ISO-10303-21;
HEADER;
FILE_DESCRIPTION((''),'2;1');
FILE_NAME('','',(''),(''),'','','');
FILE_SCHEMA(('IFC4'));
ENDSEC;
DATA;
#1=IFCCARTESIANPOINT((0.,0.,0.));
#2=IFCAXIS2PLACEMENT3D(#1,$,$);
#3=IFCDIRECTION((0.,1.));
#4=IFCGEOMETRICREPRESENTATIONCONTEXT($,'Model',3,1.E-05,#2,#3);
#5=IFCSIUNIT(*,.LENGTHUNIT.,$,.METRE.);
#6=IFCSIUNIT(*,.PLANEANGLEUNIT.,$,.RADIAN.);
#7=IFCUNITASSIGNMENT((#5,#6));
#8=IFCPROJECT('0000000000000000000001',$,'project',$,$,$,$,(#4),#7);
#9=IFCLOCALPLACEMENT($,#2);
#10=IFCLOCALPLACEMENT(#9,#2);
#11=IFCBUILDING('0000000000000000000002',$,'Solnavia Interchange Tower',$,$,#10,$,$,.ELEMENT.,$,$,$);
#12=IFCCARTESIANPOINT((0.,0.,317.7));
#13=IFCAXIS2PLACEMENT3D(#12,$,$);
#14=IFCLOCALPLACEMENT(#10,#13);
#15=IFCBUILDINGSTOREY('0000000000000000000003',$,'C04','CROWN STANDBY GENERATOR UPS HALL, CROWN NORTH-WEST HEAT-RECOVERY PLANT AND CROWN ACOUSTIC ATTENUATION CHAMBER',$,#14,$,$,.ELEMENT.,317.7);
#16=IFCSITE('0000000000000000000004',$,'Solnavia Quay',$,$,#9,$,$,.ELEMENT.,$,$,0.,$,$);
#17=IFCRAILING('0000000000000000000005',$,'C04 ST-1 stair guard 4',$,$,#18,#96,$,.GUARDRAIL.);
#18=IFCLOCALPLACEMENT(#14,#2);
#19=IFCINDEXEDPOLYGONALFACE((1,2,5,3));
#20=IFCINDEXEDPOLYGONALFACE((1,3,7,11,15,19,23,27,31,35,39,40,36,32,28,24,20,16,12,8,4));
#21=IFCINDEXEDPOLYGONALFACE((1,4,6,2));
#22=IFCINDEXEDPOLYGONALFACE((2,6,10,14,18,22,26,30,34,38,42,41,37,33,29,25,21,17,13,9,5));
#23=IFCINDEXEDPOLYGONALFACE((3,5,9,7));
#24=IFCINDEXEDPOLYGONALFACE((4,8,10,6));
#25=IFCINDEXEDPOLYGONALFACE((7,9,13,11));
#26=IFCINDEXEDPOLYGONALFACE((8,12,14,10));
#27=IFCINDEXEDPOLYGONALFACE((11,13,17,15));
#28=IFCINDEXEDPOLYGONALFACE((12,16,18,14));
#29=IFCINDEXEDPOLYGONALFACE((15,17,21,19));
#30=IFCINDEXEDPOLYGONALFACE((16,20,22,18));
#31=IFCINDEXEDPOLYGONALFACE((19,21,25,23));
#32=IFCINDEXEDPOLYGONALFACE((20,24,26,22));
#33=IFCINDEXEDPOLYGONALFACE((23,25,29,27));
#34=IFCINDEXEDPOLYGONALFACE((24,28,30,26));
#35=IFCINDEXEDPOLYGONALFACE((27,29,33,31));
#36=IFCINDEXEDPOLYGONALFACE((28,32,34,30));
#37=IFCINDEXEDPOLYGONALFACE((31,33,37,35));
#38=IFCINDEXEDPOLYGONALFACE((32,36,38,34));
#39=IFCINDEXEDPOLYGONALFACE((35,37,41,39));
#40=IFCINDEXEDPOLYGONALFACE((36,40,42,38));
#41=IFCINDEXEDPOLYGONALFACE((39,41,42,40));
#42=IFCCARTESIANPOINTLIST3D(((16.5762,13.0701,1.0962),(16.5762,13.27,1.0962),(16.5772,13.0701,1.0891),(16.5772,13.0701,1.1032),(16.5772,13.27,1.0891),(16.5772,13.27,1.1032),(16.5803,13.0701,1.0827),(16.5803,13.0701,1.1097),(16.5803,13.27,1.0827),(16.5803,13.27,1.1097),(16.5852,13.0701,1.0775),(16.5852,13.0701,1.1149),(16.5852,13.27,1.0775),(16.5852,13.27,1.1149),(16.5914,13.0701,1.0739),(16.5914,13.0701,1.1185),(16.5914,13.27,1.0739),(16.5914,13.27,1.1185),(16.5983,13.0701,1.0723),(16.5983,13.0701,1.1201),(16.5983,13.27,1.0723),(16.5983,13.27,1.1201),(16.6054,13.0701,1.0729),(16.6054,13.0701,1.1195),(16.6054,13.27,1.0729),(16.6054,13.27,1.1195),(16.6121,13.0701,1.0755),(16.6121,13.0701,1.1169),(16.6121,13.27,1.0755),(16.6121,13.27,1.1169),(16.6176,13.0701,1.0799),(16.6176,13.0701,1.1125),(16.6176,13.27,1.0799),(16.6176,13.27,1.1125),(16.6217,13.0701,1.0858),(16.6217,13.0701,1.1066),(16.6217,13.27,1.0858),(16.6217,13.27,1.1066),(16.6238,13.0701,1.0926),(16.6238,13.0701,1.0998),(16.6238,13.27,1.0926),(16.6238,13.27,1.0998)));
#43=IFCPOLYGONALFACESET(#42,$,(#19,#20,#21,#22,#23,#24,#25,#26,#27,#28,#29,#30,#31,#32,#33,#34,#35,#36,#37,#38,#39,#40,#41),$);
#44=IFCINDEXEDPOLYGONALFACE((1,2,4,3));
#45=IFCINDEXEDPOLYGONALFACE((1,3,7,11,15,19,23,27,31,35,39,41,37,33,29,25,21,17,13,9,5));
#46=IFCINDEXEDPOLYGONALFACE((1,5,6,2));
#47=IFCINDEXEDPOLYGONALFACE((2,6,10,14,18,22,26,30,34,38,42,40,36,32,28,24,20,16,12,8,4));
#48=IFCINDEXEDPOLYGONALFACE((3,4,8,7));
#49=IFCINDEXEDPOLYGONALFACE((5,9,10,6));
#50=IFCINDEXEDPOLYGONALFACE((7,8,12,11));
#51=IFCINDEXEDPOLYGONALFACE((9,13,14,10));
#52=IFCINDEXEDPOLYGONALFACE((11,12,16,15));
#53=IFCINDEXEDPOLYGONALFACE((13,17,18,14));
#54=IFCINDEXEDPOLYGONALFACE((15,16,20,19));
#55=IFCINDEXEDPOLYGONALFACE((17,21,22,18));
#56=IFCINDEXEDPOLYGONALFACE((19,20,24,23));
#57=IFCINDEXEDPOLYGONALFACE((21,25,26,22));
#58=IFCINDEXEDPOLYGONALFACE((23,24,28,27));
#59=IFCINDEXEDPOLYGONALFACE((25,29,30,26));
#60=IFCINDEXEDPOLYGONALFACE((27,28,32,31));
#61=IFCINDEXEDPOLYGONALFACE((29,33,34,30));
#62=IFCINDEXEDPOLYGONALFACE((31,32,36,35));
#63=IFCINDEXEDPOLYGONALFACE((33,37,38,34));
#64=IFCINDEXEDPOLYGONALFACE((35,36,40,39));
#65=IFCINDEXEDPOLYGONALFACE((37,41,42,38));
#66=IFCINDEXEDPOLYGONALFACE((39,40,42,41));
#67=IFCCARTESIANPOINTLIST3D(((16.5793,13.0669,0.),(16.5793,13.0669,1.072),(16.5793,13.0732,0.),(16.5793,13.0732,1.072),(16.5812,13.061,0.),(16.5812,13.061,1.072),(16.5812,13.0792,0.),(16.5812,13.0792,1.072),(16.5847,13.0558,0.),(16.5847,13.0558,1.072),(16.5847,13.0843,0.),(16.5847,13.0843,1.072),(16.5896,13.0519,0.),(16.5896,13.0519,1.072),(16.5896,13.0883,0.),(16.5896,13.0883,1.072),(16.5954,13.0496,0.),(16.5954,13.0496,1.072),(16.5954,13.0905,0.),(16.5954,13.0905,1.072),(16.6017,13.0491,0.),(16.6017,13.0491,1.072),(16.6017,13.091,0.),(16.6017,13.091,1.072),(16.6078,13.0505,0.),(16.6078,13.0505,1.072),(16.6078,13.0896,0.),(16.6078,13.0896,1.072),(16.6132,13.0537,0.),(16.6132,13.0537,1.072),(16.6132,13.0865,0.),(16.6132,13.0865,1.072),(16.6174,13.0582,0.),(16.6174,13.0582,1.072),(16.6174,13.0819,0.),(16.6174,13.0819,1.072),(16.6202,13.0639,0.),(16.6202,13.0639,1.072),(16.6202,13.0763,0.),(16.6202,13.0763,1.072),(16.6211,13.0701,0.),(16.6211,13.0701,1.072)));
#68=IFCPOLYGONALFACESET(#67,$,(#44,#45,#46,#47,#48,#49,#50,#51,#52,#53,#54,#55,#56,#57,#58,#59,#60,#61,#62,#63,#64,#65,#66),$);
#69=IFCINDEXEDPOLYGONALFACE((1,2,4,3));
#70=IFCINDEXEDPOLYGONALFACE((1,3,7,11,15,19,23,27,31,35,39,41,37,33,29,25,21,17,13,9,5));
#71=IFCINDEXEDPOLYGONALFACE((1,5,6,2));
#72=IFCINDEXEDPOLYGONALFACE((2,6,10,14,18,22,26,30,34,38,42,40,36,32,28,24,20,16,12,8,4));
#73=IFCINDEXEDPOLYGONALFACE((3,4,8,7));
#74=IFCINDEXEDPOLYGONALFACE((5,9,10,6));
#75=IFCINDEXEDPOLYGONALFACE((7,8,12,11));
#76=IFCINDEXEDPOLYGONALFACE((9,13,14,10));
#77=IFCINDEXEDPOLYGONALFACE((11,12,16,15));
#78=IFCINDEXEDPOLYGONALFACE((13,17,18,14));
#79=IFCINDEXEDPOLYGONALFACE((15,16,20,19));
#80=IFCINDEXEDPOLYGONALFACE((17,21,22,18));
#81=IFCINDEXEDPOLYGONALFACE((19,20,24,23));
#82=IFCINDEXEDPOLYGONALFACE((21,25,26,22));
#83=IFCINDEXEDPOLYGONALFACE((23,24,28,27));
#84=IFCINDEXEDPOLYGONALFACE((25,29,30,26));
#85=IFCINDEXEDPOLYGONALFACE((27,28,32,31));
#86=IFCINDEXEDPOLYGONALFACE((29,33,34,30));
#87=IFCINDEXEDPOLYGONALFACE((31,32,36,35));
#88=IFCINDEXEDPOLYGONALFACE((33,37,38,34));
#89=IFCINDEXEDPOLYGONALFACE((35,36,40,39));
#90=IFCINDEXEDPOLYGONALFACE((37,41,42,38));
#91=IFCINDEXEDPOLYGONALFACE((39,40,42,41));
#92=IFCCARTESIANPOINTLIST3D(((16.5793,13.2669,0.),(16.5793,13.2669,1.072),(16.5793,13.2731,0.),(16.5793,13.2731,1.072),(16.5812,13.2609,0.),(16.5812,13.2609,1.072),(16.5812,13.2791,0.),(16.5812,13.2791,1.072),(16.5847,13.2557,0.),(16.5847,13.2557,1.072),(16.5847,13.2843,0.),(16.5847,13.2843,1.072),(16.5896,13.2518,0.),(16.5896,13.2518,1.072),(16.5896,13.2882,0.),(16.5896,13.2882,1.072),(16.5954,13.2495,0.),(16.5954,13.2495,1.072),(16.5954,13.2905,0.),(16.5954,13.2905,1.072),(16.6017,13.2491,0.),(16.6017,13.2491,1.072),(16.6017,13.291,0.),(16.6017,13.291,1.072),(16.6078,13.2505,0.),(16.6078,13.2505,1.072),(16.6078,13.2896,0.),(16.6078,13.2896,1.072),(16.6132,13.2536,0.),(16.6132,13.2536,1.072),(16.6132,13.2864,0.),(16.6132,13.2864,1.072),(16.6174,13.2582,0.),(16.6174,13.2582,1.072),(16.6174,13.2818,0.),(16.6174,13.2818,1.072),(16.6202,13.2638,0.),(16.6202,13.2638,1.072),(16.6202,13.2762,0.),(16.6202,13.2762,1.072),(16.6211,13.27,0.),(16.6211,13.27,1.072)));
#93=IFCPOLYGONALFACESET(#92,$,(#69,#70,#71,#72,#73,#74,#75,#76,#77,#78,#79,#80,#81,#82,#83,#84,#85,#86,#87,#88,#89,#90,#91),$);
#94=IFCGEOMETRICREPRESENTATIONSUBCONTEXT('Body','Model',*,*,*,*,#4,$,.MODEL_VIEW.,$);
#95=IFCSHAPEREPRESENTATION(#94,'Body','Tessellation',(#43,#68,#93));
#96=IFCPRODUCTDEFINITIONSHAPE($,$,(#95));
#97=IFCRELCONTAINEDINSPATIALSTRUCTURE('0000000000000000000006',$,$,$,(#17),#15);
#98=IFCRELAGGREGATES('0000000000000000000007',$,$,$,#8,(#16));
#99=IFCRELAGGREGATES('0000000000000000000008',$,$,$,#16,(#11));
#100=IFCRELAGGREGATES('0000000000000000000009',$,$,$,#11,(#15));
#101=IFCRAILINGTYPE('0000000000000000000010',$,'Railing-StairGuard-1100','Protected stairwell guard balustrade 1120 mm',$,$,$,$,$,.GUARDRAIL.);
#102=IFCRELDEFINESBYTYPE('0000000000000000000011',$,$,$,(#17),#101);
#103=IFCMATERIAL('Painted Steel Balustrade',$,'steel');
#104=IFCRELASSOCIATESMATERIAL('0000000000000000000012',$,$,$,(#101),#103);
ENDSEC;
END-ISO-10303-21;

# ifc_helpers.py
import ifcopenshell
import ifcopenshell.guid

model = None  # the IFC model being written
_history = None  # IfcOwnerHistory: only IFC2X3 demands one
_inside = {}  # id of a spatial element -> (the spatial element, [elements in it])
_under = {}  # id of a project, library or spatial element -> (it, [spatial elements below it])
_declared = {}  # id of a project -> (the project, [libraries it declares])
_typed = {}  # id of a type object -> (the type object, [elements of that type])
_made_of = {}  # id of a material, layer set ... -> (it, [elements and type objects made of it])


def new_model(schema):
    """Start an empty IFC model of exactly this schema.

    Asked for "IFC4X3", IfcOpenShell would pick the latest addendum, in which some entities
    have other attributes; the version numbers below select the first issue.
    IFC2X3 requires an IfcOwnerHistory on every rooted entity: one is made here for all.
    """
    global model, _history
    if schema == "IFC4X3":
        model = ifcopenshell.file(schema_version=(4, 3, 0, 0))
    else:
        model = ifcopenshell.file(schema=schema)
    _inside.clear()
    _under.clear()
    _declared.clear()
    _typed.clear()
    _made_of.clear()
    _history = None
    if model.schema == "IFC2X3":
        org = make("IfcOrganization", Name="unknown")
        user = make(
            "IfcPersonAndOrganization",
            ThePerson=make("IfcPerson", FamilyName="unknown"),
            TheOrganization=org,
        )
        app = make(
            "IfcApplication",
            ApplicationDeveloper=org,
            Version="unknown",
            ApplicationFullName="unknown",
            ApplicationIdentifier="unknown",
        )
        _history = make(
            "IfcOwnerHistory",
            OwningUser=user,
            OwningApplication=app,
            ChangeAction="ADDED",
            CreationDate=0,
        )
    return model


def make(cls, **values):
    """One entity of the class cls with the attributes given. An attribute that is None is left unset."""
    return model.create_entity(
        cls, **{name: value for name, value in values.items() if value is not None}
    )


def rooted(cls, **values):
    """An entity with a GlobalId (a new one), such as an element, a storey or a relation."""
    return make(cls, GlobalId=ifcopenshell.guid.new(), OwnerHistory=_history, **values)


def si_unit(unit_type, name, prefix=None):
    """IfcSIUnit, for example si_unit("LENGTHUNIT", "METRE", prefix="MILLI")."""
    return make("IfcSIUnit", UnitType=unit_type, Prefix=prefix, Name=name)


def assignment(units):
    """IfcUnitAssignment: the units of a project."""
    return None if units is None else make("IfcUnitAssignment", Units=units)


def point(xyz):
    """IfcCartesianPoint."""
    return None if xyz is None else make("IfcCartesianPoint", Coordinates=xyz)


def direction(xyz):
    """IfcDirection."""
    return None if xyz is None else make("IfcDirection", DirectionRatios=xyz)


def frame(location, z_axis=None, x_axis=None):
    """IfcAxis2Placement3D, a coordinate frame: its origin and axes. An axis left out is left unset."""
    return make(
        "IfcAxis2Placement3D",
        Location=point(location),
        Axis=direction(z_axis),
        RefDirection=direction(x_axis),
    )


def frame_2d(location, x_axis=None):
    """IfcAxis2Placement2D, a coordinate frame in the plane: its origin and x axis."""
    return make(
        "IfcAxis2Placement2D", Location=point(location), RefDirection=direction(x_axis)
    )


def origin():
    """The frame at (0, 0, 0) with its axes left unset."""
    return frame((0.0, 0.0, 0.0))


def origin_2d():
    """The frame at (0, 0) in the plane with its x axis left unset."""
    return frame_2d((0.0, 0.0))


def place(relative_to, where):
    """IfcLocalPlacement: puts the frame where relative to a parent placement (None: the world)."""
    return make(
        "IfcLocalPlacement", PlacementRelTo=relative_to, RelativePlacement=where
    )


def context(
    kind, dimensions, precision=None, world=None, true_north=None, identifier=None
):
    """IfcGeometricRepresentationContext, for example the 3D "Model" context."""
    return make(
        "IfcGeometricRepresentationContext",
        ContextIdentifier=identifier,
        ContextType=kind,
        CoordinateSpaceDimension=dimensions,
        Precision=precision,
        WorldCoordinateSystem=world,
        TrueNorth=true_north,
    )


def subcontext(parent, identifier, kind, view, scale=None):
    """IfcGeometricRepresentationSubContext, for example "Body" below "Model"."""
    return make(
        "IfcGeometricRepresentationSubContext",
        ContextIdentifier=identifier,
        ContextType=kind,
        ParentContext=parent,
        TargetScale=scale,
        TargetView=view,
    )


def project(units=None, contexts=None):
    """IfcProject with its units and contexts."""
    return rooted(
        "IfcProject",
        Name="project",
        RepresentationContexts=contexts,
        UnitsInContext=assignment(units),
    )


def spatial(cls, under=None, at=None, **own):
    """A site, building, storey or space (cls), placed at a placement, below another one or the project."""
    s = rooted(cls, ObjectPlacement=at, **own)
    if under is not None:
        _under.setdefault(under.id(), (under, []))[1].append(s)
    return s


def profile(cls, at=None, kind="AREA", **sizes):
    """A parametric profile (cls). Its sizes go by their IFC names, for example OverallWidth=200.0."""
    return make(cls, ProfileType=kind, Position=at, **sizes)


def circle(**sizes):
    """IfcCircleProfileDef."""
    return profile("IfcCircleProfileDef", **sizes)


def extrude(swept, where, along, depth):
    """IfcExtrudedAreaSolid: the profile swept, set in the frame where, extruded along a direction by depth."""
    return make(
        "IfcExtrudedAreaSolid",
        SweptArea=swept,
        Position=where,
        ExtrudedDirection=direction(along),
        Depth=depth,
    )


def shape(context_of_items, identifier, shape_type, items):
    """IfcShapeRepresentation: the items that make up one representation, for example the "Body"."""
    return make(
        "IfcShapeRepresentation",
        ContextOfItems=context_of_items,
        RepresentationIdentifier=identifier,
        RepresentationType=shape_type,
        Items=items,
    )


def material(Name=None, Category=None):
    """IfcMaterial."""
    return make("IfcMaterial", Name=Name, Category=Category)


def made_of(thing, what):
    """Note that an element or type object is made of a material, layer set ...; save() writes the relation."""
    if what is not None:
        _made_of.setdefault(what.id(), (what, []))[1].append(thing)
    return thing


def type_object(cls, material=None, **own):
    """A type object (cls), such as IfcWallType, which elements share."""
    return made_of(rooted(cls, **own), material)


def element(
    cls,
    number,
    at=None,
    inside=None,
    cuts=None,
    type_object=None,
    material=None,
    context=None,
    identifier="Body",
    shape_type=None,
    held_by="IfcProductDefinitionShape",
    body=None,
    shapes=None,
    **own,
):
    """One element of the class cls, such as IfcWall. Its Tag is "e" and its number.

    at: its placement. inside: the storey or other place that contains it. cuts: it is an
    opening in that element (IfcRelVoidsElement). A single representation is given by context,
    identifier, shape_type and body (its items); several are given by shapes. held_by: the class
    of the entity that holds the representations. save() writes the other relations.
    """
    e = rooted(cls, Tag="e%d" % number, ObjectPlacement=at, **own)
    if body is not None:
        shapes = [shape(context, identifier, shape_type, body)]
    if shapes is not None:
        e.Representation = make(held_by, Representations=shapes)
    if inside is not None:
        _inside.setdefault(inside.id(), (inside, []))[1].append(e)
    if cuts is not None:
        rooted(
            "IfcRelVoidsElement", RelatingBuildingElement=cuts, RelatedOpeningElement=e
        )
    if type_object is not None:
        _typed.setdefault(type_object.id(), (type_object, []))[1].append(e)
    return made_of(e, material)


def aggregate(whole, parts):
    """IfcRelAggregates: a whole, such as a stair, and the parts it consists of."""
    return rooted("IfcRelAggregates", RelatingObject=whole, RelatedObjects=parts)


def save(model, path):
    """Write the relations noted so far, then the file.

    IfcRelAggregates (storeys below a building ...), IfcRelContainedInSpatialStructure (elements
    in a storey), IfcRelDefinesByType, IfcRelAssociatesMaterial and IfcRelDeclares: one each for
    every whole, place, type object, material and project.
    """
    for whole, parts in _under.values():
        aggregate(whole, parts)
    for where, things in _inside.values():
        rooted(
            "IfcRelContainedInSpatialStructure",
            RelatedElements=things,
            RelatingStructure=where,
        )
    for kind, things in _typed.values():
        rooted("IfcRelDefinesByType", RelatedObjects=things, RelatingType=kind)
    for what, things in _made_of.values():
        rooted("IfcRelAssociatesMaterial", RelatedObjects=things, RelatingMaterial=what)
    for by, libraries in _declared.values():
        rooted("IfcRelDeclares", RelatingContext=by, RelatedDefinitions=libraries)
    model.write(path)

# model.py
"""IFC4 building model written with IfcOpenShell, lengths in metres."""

from ifc_helpers import new_model, si_unit, direction, frame, origin, origin_2d, place, context, subcontext, project, spatial, circle, extrude, material, type_object, element, save


model = new_model("IFC4")

# Units and contexts
model_context = context("Model", 3, precision=1e-05, world=origin(), true_north=direction((0.0, 1.0)))
body_context = subcontext(model_context, "Body", "Model", "MODEL_VIEW")
ifc_project = project(units=[si_unit("LENGTHUNIT", "METRE"), si_unit("PLANEANGLEUNIT", "RADIAN")], contexts=[model_context])

# Site, building, storey
site_placement = place(None, origin())
site = spatial("IfcSite", under=ifc_project, at=site_placement, Name="Solnavia Quay", CompositionType="ELEMENT", RefElevation=0.0)
building_placement = place(site_placement, origin())
building = spatial("IfcBuilding", under=site, at=building_placement, Name="Solnavia Interchange Tower", CompositionType="ELEMENT")
storey_placement = place(building_placement, frame((0.0, 0.0, 317.7)))
storey = spatial("IfcBuildingStorey", under=building, at=storey_placement, Name="C04", Description="CROWN STANDBY GENERATOR UPS HALL, CROWN NORTH-WEST HEAT-RECOVERY PLANT AND CROWN ACOUSTIC ATTENUATION CHAMBER", CompositionType="ELEMENT", Elevation=317.7)

# Railing
ifc_material_1 = material(Name="Painted Steel Balustrade", Category="steel")
railing_type_1 = type_object("IfcRailingType", Name="Railing-StairGuard-1100", Description="Protected stairwell guard balustrade 1120 mm", PredefinedType="GUARDRAIL", material=ifc_material_1)
railing_1_placement = place(storey_placement, frame((16.6001, 13.0701, 0.0)))
element("IfcRailing", 1, at=railing_1_placement, inside=storey, type_object=railing_type_1, Name="C04 ST-1 stair guard 4", PredefinedType="GUARDRAIL", context=body_context, shape_type="SweptSolid", body=[
    extrude(circle(Radius=0.0239, at=origin_2d()), frame((0.0, 0.0, 1.0962), z_axis=(0.0, 1.0, 0.0), x_axis=(-1.0, 0.0, 0.0)), (0.0, 0.0, 1.0), 0.2),
    extrude(circle(Radius=0.021, at=origin_2d()), origin(), (0.0, 0.0, 1.0), 1.072),
    extrude(circle(Radius=0.021, at=origin_2d()), frame((0.0, 0.2, 0.0)), (0.0, 0.0, 1.0), 1.072),
])

save(model, "model.ifc")
